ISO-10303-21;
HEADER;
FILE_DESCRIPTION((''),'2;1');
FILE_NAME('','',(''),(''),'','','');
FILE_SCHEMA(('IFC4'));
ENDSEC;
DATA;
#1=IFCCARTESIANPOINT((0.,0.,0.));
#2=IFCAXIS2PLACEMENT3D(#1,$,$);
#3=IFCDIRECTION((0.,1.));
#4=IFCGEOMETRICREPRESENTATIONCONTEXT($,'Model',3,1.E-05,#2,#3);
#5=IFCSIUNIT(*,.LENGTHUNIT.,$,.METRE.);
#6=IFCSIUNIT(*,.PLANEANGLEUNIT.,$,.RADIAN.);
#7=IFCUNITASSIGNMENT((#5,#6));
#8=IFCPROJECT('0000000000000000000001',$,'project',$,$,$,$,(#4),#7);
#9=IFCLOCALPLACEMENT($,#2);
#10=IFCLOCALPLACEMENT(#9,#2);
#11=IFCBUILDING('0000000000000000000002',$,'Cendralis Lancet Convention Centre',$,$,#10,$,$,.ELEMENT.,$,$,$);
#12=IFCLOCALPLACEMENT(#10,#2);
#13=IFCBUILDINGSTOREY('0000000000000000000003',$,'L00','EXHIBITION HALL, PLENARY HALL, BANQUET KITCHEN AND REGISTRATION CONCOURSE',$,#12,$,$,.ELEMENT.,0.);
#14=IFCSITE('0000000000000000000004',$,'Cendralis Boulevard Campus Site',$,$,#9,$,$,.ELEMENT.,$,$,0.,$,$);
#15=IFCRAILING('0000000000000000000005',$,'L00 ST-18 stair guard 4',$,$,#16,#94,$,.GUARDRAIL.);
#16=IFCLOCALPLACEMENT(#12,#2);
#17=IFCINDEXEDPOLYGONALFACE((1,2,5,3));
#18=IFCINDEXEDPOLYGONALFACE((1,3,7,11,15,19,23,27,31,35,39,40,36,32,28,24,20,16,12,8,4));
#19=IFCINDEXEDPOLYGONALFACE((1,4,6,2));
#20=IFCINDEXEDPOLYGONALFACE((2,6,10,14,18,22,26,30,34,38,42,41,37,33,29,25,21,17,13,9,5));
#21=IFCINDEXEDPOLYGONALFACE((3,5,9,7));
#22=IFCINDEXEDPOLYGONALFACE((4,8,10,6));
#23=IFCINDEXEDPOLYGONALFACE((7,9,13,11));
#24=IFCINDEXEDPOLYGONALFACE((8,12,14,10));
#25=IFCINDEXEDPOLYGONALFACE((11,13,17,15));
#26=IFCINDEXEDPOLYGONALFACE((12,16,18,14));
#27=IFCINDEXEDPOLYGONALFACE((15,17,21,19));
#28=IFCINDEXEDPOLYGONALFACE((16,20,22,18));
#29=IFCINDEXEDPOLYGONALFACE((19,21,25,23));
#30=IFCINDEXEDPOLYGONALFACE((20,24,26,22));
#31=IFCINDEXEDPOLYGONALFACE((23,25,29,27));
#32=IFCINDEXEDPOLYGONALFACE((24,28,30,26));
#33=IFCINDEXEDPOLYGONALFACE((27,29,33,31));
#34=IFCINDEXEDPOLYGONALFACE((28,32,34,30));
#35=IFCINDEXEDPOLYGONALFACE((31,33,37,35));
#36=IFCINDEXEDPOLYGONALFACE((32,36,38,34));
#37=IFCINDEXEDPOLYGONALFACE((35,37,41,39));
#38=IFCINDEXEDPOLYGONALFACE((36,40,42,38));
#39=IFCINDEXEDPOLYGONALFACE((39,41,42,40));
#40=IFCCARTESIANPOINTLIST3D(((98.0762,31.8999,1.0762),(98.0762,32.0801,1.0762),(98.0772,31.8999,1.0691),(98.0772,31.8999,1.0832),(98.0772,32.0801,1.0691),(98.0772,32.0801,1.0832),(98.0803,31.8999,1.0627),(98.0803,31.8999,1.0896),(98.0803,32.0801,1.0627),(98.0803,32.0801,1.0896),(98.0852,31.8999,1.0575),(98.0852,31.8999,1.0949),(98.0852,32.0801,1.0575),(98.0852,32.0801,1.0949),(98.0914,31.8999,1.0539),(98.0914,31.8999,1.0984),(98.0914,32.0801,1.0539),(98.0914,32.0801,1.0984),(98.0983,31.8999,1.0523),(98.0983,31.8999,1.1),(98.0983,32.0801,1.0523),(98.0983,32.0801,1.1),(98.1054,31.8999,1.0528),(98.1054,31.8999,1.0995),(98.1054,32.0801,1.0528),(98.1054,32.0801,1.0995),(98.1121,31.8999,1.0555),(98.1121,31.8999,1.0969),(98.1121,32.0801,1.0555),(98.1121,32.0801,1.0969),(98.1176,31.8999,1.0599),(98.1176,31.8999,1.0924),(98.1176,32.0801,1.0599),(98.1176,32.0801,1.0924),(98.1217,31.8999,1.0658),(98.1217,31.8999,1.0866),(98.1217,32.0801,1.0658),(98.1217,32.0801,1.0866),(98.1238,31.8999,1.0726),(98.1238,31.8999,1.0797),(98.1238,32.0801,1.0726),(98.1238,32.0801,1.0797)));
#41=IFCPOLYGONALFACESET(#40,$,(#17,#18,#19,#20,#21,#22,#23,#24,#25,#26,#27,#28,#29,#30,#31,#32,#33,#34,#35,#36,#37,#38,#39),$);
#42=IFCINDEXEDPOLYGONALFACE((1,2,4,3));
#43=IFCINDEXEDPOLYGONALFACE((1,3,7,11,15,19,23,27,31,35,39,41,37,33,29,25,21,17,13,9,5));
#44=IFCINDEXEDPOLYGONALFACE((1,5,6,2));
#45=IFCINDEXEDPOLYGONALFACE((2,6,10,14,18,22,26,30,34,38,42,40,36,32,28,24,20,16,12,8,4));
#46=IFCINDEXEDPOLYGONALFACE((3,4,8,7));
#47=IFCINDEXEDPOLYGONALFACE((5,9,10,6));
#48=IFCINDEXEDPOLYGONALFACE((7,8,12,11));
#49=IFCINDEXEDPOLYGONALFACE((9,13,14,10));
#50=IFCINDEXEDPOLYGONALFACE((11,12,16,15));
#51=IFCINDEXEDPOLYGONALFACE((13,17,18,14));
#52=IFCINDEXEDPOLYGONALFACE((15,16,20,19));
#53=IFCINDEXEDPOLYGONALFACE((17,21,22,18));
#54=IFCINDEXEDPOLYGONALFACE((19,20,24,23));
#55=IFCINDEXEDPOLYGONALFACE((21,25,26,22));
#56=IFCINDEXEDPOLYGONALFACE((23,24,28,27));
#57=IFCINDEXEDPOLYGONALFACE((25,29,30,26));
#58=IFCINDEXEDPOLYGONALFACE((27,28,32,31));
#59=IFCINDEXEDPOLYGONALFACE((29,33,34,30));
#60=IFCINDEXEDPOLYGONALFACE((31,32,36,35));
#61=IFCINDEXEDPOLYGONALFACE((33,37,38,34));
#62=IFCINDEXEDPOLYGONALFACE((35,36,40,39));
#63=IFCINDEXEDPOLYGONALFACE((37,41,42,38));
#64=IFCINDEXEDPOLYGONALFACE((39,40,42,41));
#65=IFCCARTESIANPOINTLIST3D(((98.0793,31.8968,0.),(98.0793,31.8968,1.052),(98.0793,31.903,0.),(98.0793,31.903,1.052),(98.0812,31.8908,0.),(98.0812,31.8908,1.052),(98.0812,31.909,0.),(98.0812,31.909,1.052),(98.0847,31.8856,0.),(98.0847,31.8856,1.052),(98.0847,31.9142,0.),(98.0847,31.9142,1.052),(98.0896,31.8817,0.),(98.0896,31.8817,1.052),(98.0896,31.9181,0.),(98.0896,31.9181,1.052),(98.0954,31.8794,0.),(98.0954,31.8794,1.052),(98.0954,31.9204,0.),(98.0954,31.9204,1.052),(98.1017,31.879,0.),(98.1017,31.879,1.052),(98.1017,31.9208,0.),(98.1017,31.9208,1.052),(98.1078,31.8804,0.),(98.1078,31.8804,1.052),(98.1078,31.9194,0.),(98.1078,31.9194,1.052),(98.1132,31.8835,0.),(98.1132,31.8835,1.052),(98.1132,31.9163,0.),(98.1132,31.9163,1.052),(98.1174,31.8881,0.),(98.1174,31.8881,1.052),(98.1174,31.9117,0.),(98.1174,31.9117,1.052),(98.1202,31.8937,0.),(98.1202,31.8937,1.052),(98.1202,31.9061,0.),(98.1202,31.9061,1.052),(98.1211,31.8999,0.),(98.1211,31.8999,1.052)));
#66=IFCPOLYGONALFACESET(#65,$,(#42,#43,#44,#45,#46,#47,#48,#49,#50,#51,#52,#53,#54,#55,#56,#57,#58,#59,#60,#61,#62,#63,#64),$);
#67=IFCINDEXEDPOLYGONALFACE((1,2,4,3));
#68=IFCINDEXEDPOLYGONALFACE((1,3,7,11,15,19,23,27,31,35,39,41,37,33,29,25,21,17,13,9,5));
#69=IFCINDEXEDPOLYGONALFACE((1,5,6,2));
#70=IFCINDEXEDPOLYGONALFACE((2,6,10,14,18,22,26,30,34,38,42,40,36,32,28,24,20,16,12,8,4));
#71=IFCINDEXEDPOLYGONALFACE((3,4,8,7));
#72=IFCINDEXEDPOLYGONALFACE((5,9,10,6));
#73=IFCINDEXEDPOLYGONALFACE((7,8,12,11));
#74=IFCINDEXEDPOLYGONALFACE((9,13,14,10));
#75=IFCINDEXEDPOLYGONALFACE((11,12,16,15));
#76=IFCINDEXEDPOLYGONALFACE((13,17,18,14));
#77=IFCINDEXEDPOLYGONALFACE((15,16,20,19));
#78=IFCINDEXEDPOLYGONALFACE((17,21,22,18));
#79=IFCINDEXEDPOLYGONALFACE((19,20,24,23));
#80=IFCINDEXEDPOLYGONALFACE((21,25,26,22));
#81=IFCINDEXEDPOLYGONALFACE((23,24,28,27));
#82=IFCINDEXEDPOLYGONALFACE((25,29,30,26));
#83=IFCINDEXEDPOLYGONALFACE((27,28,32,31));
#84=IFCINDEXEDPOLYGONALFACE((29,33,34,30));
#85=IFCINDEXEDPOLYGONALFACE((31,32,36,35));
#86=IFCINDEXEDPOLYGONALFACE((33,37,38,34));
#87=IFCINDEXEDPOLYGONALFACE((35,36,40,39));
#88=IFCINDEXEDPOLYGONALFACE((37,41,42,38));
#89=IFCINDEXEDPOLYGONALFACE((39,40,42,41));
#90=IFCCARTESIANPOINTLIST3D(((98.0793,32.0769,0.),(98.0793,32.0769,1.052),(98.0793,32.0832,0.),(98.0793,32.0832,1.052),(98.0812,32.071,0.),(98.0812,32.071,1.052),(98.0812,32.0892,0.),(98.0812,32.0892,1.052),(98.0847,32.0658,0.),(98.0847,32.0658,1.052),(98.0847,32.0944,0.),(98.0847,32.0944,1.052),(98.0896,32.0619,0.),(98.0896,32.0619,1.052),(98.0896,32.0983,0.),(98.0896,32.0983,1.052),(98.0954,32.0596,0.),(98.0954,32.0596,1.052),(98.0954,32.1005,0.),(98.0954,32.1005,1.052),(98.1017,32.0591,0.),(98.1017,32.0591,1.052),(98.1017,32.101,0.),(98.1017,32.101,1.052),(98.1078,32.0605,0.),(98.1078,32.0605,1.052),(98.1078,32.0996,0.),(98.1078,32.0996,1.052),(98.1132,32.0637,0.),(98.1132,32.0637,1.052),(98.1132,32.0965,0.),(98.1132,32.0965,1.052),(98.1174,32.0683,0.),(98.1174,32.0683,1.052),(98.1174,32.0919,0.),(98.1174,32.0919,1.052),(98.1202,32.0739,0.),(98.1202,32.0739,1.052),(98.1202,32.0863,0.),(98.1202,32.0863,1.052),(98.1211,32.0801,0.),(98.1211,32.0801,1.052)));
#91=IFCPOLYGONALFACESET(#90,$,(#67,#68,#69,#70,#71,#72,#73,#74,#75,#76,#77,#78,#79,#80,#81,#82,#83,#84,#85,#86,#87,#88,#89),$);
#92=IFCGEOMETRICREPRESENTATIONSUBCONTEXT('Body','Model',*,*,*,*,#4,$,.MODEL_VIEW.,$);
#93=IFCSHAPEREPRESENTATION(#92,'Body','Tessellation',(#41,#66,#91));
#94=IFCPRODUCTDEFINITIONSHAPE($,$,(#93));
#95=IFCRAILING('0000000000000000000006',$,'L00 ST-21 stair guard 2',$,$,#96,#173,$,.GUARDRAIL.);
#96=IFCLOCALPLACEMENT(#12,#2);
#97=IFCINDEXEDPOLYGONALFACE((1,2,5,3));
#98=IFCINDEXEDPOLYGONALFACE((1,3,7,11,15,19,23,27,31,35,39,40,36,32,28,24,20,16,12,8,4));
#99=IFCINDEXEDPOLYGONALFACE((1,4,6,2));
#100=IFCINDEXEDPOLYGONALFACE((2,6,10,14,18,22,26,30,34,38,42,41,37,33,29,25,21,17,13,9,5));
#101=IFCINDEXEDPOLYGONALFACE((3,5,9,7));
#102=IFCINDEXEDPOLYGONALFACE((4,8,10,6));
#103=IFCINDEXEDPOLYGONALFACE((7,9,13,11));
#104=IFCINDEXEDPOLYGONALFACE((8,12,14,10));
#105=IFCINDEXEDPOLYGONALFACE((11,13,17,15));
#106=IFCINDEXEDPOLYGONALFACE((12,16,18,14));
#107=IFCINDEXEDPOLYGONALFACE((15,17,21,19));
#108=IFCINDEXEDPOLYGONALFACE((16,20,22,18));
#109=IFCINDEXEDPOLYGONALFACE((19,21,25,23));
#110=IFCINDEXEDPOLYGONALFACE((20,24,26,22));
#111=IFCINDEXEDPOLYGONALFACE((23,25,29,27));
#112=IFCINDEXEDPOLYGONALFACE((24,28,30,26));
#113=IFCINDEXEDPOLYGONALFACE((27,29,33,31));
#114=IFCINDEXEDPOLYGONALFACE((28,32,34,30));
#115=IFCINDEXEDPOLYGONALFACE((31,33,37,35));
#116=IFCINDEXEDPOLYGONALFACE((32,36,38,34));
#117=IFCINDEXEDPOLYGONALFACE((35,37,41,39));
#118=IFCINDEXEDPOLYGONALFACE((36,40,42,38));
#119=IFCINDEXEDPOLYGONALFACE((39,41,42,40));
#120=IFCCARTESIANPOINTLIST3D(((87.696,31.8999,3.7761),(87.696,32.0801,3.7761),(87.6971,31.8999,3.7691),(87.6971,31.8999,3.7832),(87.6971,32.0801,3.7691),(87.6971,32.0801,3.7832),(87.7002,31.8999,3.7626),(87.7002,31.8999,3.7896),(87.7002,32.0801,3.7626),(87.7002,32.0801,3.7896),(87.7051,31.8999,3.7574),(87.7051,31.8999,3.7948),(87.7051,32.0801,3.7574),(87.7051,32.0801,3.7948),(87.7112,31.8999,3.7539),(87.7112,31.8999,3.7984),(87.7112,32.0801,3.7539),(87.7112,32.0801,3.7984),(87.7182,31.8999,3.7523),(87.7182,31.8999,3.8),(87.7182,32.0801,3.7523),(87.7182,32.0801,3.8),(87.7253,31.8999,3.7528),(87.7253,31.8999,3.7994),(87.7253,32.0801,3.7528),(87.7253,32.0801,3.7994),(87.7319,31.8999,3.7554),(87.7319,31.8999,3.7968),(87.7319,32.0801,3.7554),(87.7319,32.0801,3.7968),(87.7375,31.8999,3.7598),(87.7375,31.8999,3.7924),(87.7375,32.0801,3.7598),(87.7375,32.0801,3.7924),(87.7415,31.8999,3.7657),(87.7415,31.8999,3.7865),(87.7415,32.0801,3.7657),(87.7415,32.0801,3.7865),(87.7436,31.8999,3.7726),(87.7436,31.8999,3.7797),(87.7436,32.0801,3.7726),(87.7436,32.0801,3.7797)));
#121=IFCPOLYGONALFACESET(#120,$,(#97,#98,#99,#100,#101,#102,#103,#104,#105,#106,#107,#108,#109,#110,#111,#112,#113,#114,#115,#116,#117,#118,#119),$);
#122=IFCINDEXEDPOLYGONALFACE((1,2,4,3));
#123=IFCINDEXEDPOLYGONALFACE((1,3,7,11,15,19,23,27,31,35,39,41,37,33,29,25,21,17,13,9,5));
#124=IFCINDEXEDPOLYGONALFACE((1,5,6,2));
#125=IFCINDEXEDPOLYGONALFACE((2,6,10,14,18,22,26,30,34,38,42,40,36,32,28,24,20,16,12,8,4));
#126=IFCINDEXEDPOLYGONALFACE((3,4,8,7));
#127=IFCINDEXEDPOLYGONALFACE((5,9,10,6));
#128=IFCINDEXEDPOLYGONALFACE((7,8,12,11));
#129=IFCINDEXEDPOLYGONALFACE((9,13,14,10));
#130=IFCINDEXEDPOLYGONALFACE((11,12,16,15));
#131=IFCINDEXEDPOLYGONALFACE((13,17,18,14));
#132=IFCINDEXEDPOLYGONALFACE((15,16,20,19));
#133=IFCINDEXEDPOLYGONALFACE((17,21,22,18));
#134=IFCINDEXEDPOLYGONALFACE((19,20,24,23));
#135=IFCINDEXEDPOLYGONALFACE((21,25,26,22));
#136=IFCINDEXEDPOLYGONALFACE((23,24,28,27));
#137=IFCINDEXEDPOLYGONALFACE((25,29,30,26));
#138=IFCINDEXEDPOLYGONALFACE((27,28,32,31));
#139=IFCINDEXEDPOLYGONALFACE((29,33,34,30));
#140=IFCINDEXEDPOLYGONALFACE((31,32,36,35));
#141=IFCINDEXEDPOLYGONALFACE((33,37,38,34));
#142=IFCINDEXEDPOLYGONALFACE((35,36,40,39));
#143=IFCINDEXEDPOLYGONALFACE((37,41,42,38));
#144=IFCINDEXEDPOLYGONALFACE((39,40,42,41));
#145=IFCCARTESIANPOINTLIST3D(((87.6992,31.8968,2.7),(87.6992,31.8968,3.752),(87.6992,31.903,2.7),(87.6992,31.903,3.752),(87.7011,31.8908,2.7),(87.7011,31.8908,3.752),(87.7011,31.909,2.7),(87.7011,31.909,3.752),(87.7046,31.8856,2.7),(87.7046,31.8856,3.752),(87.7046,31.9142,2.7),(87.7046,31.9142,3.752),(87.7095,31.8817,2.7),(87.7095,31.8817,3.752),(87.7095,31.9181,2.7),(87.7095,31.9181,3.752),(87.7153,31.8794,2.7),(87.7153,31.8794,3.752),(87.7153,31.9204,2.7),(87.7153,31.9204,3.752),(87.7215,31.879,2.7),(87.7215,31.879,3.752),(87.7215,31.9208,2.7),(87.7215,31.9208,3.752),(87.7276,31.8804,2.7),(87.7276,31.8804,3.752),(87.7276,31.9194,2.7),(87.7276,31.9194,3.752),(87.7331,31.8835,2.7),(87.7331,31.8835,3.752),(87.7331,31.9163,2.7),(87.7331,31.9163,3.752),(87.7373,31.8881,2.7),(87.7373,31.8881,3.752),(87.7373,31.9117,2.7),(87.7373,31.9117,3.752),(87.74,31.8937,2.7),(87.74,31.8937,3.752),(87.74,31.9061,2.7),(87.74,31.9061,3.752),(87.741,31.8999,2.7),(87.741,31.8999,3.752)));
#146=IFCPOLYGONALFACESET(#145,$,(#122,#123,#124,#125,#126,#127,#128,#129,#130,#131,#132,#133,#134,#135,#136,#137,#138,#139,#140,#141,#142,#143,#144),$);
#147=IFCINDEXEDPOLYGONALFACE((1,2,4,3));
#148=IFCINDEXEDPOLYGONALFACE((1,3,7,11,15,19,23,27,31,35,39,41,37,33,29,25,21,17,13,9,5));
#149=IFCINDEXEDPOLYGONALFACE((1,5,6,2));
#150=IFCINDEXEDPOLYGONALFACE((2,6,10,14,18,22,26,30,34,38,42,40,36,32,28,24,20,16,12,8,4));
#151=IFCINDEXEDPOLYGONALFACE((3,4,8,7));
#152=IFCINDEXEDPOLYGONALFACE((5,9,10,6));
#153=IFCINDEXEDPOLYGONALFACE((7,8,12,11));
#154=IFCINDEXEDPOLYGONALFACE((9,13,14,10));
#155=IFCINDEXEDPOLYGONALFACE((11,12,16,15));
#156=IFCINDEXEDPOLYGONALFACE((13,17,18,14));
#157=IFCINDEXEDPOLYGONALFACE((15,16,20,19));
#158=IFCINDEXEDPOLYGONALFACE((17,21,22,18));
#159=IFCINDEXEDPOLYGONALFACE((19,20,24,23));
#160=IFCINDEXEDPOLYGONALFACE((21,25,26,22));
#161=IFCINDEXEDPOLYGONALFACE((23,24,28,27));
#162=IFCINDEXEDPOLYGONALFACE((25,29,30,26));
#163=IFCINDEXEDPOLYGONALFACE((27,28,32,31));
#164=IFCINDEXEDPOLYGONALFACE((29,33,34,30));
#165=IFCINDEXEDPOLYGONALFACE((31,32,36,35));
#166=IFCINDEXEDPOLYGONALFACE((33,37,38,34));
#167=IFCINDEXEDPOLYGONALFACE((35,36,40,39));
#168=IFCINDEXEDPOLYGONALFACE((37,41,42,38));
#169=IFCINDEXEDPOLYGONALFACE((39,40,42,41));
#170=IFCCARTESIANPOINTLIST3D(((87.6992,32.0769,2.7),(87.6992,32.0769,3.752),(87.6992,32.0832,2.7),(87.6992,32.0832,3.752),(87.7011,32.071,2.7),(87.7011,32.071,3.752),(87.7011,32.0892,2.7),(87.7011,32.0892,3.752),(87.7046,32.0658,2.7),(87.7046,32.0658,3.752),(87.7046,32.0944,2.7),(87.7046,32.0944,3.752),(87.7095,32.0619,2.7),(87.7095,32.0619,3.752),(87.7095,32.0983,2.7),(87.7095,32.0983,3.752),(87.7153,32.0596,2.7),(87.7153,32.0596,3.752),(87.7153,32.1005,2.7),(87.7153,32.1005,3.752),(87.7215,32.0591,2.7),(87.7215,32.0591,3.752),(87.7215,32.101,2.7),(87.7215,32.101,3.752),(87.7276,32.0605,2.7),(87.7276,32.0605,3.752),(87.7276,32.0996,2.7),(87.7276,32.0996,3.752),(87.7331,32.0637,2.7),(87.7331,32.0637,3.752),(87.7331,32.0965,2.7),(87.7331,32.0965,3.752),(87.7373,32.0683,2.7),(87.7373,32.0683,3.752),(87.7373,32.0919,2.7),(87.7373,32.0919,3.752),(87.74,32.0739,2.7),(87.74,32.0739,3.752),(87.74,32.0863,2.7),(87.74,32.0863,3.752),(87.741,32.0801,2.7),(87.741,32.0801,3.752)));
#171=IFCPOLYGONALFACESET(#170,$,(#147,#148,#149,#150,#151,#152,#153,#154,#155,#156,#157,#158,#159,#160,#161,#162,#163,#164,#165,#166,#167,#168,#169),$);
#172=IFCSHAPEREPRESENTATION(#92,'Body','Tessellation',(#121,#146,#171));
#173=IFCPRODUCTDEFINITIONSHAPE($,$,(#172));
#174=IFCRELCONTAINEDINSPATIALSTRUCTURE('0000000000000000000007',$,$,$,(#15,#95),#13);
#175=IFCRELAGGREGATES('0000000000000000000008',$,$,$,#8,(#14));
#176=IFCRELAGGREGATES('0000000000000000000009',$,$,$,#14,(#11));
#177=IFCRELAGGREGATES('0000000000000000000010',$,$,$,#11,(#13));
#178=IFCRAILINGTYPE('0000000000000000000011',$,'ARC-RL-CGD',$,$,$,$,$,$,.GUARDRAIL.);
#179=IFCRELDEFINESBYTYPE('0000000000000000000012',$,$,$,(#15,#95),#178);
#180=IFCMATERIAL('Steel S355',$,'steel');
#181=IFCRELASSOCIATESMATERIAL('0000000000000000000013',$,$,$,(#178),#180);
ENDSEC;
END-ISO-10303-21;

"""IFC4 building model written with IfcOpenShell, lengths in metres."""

from ifc_helpers import new_model, si_unit, direction, frame, origin, origin_2d, place, context, subcontext, project, spatial, circle, extrude, material, type_object, element, save


model = new_model("IFC4")

# Units and contexts
model_context = context("Model", 3, precision=1e-05, world=origin(), true_north=direction((0.0, 1.0)))
body_context = subcontext(model_context, "Body", "Model", "MODEL_VIEW")
ifc_project = project(units=[si_unit("LENGTHUNIT", "METRE"), si_unit("PLANEANGLEUNIT", "RADIAN")], contexts=[model_context])

# Site, building, storey
site_placement = place(None, origin())
site = spatial("IfcSite", under=ifc_project, at=site_placement, Name="Cendralis Boulevard Campus Site", CompositionType="ELEMENT", RefElevation=0.0)
building_placement = place(site_placement, origin())
building = spatial("IfcBuilding", under=site, at=building_placement, Name="Cendralis Lancet Convention Centre", CompositionType="ELEMENT")
storey_placement = place(building_placement, origin())
storey = spatial("IfcBuildingStorey", under=building, at=storey_placement, Name="L00", Description="EXHIBITION HALL, PLENARY HALL, BANQUET KITCHEN AND REGISTRATION CONCOURSE", CompositionType="ELEMENT", Elevation=0.0)

# Shared definitions
ifc_material_1 = material(Name="Steel S355", Category="steel")

# Railings
railing_type_1 = type_object("IfcRailingType", Name="ARC-RL-CGD", PredefinedType="GUARDRAIL", material=ifc_material_1)
for number, where, name in (
    (1, (98.1001, 31.8999, 0.0), "L00 ST-18 stair guard 4"),
    (2, (87.72, 31.8999, 2.7), "L00 ST-21 stair guard 2"),
):
    element("IfcRailing", number, at=place(storey_placement, frame(where)), inside=storey, type_object=railing_type_1, Name=name, PredefinedType="GUARDRAIL", context=body_context, shape_type="SweptSolid", body=[
        extrude(circle(Radius=0.0239, at=origin_2d()), frame((0.0, 0.0, 1.0762), z_axis=(0.0, 1.0, 0.0), x_axis=(-1.0, 0.0, 0.0)), (0.0, 0.0, 1.0), 0.1802),
        extrude(circle(Radius=0.021, at=origin_2d()), origin(), (0.0, 0.0, 1.0), 1.052),
        extrude(circle(Radius=0.021, at=origin_2d()), frame((0.0, 0.1802, 0.0)), (0.0, 0.0, 1.0), 1.052),
    ])

save(model, "model.ifc")
